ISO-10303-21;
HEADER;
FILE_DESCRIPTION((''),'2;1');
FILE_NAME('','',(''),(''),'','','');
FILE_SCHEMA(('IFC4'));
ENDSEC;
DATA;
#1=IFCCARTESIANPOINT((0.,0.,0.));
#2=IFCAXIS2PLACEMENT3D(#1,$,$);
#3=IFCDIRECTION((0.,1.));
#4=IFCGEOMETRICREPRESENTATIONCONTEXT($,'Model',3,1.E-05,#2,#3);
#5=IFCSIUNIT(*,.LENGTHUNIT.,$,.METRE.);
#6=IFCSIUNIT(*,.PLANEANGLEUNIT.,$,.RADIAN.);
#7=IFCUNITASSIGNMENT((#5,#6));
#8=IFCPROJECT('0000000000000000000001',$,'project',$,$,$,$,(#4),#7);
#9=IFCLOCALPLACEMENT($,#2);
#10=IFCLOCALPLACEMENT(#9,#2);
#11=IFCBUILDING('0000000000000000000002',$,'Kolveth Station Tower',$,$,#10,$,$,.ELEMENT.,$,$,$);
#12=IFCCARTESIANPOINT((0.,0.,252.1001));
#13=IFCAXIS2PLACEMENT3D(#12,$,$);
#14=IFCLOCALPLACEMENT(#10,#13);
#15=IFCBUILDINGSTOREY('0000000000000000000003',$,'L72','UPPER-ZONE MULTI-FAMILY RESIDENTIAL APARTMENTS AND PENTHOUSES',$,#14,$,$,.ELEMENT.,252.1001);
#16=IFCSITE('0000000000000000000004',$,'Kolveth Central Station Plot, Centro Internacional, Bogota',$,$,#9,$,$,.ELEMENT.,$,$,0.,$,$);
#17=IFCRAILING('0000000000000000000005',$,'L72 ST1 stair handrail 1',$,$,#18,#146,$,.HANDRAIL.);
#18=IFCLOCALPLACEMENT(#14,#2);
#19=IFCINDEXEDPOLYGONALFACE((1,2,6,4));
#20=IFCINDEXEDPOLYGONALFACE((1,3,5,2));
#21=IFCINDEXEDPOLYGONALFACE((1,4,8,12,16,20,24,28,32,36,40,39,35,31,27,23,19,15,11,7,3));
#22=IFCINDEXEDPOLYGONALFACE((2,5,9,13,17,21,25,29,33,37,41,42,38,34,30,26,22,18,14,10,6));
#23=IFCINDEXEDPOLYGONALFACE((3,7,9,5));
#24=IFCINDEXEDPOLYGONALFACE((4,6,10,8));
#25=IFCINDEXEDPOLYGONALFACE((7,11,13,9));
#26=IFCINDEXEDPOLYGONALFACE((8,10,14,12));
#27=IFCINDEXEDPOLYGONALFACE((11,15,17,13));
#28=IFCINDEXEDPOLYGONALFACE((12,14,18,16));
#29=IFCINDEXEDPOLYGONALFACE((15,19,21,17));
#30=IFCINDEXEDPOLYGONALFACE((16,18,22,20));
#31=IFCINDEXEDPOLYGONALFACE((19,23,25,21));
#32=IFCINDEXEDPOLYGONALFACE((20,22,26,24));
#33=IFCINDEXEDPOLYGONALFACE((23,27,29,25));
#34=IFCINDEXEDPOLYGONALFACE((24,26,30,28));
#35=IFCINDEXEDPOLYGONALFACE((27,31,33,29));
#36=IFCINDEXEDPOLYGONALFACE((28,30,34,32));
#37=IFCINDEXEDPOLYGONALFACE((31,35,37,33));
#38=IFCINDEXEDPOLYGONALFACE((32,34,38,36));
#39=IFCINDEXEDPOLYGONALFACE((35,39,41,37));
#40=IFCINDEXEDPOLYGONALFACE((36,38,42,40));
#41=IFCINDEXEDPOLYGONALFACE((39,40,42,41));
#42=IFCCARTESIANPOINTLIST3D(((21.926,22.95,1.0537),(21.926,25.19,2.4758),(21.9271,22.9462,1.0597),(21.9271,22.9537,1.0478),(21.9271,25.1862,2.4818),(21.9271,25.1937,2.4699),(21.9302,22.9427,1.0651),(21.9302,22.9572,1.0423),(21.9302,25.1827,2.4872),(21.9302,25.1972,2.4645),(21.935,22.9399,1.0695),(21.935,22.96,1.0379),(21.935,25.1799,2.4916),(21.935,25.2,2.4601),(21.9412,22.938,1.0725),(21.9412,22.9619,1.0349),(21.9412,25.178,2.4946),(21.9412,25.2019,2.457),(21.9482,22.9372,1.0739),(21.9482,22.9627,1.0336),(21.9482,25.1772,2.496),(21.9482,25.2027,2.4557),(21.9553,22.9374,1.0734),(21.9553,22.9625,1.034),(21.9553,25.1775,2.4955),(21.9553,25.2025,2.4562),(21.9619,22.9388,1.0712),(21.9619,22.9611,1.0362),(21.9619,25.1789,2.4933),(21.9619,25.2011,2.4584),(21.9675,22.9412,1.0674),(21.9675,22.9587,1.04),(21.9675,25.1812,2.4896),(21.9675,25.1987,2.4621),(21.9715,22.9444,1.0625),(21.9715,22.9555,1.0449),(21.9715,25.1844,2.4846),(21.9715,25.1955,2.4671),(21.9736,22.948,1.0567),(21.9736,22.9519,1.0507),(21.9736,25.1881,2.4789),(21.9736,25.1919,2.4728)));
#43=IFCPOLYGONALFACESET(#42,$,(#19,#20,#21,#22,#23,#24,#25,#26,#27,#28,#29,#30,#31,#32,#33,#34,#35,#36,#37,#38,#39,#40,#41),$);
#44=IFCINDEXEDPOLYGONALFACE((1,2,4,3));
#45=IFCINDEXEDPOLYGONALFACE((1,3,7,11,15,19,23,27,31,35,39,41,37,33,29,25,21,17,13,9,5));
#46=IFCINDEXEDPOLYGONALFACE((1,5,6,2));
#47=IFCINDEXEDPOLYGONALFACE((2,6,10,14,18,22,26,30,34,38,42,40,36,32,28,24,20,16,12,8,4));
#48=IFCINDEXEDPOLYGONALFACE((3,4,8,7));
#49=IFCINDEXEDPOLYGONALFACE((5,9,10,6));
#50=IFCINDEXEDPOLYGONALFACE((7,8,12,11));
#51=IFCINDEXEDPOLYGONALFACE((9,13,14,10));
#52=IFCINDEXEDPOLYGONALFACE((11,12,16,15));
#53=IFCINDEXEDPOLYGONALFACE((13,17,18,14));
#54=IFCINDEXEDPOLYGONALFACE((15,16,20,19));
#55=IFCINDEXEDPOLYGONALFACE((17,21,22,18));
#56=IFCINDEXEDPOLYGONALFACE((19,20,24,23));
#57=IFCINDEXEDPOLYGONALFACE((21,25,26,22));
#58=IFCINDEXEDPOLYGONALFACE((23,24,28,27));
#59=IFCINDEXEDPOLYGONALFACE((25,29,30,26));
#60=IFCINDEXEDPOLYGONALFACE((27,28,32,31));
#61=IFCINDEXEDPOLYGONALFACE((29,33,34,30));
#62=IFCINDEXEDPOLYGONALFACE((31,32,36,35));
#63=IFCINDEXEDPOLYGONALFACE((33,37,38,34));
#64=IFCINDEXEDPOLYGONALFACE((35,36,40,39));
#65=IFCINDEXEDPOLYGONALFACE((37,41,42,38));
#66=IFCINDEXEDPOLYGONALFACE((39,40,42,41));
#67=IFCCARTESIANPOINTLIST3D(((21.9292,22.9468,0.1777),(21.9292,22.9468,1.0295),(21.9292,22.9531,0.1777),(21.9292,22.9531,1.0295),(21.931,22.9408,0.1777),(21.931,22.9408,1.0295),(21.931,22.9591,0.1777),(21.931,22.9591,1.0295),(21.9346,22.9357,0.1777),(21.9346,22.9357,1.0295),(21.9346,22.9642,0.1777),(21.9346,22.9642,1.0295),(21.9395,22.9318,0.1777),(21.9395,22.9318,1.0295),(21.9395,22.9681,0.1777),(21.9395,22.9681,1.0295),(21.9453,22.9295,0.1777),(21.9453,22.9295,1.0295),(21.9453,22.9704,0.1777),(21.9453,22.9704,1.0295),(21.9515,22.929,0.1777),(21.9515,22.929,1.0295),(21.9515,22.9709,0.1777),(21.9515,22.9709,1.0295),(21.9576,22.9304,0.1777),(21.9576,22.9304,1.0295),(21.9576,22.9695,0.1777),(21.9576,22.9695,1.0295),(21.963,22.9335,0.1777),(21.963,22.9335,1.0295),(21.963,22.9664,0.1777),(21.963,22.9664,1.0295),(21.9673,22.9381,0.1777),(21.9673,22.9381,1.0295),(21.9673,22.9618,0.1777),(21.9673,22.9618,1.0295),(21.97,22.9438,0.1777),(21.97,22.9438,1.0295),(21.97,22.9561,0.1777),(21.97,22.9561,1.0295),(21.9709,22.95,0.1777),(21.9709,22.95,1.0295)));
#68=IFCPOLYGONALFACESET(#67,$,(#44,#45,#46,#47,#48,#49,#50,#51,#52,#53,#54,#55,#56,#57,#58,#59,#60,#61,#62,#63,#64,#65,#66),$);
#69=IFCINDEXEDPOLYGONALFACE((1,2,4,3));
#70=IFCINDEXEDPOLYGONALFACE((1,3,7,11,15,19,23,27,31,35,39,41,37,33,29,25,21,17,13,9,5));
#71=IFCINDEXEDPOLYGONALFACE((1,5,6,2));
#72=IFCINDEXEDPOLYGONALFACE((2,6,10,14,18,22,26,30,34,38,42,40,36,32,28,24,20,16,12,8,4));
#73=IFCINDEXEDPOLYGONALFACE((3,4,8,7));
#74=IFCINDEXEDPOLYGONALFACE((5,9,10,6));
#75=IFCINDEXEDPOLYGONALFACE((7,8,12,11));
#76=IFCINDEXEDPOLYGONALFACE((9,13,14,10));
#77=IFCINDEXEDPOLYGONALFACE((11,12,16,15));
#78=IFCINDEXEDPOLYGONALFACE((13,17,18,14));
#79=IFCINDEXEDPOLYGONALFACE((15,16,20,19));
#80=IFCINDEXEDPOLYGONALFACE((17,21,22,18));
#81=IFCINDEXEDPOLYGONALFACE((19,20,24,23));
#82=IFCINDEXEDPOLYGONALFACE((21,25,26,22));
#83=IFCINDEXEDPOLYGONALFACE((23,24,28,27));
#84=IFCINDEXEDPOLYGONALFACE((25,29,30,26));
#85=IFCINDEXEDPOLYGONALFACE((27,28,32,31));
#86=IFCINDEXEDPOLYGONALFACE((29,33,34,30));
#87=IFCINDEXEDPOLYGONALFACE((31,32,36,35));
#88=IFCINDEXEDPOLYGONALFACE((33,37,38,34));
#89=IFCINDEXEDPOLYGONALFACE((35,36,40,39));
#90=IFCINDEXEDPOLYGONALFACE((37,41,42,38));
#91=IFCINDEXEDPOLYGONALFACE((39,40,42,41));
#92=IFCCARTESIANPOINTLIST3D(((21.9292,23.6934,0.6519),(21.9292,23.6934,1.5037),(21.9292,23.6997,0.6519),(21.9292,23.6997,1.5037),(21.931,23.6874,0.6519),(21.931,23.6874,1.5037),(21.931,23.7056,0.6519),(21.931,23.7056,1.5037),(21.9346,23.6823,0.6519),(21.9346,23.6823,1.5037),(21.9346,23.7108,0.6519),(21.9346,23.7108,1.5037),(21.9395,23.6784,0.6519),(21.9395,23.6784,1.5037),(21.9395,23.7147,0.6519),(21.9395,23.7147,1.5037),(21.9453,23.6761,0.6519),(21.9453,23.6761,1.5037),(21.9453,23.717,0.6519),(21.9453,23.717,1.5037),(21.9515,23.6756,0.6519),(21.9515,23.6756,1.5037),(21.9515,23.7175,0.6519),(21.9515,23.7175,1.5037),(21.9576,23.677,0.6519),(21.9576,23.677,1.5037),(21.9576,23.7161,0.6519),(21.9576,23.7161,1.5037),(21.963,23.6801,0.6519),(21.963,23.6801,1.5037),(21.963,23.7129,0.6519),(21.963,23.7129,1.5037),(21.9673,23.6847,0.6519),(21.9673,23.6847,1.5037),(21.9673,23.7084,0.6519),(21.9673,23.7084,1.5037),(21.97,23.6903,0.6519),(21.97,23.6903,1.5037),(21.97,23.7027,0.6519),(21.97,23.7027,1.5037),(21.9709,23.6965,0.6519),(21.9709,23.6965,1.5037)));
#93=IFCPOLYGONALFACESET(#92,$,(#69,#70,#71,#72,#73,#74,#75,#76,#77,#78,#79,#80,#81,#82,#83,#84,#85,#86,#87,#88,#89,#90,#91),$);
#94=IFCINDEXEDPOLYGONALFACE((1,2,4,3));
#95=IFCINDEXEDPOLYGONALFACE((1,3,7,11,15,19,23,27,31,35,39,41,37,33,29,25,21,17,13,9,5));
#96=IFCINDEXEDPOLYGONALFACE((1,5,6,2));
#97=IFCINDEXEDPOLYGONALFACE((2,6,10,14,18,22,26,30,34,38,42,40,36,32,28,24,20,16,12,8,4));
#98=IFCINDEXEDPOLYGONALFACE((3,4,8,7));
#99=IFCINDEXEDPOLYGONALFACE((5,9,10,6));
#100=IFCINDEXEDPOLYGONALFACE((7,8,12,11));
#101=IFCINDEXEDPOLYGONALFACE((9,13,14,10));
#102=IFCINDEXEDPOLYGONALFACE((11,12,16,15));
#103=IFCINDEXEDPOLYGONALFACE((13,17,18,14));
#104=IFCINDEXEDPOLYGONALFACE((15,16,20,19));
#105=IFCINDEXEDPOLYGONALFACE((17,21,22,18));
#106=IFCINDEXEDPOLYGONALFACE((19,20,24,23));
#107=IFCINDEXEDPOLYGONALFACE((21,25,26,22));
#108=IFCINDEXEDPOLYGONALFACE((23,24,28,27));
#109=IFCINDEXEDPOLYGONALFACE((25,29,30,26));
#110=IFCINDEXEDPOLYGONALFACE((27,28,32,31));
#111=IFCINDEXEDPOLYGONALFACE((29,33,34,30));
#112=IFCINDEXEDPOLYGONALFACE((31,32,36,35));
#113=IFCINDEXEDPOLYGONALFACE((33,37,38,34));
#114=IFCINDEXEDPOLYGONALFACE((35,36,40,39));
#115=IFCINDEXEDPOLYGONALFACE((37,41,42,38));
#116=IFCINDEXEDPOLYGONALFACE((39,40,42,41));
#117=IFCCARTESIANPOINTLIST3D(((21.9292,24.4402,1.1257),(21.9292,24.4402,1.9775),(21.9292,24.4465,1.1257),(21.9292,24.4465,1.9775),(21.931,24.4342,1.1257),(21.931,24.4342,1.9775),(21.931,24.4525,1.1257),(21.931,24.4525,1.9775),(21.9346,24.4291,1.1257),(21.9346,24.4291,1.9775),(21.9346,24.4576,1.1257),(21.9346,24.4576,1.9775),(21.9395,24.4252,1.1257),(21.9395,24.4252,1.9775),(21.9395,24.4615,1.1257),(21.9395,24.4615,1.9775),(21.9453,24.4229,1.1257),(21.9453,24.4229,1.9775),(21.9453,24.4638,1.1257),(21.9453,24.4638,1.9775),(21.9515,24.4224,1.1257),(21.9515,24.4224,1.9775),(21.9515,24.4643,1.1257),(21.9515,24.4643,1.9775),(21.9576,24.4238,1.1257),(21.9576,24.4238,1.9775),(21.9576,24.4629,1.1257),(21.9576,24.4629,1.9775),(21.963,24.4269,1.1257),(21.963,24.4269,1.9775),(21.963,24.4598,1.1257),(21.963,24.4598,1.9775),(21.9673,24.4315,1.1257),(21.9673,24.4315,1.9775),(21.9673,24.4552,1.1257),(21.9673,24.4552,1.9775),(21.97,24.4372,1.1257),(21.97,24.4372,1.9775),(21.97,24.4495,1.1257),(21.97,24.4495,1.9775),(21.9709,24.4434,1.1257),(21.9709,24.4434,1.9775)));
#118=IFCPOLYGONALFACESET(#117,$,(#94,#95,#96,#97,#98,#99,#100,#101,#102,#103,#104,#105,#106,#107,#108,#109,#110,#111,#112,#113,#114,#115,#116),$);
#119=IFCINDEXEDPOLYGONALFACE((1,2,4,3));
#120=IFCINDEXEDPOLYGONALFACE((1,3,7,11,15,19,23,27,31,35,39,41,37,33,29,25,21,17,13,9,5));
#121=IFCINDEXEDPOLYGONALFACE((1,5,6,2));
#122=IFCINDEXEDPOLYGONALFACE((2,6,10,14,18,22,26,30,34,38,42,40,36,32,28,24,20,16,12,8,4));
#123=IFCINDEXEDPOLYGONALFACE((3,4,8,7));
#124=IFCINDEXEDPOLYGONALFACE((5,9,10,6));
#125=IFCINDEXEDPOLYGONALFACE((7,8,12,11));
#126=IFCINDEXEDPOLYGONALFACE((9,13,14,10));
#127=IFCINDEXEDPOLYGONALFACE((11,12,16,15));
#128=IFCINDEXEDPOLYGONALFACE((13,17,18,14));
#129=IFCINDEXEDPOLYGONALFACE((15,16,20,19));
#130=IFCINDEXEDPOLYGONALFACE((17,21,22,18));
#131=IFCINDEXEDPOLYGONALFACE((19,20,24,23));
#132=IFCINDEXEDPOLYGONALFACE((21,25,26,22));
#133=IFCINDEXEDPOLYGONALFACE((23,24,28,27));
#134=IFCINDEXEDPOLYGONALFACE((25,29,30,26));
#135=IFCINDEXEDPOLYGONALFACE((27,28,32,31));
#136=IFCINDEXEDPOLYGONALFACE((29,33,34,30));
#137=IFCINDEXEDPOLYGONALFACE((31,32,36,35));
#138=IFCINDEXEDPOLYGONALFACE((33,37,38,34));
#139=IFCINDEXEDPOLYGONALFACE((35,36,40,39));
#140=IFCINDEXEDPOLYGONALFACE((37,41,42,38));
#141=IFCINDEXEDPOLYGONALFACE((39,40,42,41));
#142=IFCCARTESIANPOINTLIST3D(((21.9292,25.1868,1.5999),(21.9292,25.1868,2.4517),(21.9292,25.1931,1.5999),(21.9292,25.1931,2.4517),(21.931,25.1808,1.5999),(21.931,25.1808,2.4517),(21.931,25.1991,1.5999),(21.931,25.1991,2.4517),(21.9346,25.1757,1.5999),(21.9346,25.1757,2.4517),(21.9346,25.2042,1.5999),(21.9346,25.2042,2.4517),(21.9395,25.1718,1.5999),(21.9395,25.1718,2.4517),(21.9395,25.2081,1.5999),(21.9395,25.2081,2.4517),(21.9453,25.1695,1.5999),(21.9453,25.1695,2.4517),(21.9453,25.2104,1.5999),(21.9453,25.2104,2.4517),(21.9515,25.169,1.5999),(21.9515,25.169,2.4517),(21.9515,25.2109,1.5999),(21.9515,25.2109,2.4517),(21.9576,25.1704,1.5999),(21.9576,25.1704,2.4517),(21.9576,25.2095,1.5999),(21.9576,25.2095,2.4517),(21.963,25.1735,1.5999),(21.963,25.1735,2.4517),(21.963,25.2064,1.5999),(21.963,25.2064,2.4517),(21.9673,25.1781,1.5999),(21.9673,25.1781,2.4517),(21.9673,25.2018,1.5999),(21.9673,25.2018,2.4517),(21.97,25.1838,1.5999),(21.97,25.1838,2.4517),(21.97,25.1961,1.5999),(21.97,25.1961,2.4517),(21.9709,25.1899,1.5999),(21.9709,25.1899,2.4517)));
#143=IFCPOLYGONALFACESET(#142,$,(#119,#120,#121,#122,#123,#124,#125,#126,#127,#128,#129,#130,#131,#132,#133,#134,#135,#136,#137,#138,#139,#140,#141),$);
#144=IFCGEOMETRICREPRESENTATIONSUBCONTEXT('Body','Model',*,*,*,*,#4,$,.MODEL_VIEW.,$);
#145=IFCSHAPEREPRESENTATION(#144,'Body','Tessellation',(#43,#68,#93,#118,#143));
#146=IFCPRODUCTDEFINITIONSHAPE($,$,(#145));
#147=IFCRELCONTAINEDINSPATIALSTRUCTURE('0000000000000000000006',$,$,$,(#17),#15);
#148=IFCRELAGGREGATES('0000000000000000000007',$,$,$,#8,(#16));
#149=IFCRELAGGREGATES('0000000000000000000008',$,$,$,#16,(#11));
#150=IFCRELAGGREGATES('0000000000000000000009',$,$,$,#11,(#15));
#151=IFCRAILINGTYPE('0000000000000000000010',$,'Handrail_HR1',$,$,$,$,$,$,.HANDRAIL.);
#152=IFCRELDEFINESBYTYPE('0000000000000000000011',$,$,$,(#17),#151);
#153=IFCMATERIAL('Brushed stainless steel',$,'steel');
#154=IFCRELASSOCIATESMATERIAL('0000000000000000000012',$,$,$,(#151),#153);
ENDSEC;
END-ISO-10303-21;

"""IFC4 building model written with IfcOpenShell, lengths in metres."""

from ifc_helpers import new_model, si_unit, direction, frame, origin, origin_2d, place, context, subcontext, project, spatial, circle, extrude, material, type_object, element, save


model = new_model("IFC4")

# Units and contexts
model_context = context("Model", 3, precision=1e-05, world=origin(), true_north=direction((0.0, 1.0)))
body_context = subcontext(model_context, "Body", "Model", "MODEL_VIEW")
ifc_project = project(units=[si_unit("LENGTHUNIT", "METRE"), si_unit("PLANEANGLEUNIT", "RADIAN")], contexts=[model_context])

# Site, building, storey
site_placement = place(None, origin())
site = spatial("IfcSite", under=ifc_project, at=site_placement, Name="Kolveth Central Station Plot, Centro Internacional, Bogota", CompositionType="ELEMENT", RefElevation=0.0)
building_placement = place(site_placement, origin())
building = spatial("IfcBuilding", under=site, at=building_placement, Name="Kolveth Station Tower", CompositionType="ELEMENT")
storey_placement = place(building_placement, frame((0.0, 0.0, 252.1001)))
storey = spatial("IfcBuildingStorey", under=building, at=storey_placement, Name="L72", Description="UPPER-ZONE MULTI-FAMILY RESIDENTIAL APARTMENTS AND PENTHOUSES", CompositionType="ELEMENT", Elevation=252.1001)

# Railing
ifc_material_1 = material(Name="Brushed stainless steel", Category="steel")
railing_type_1 = type_object("IfcRailingType", Name="Handrail_HR1", PredefinedType="HANDRAIL", material=ifc_material_1)
railing_1_placement = place(storey_placement, frame((21.95, 22.95, 0.1777)))
element("IfcRailing", 1, at=railing_1_placement, inside=storey, type_object=railing_type_1, Name="L72 ST1 stair handrail 1", PredefinedType="HANDRAIL", context=body_context, shape_type="SweptSolid", body=[
    extrude(circle(Radius=0.0239, at=origin_2d()), frame((0.0, 0.0, 0.876), z_axis=(0.0, 0.844229, 0.535982), x_axis=(-1.0, 0.0, 0.0)), (0.0, 0.0, 1.0), 2.6533),
    extrude(circle(Radius=0.021, at=origin_2d()), origin(), (0.0, 0.0, 1.0), 0.8518),
    extrude(circle(Radius=0.021, at=origin_2d()), frame((0.0, 0.7466, 0.4741)), (0.0, 0.0, 1.0), 0.8518),
    extrude(circle(Radius=0.021, at=origin_2d()), frame((0.0, 1.4934, 0.948)), (0.0, 0.0, 1.0), 0.8518),
    extrude(circle(Radius=0.021, at=origin_2d()), frame((0.0, 2.24, 1.4221)), (0.0, 0.0, 1.0), 0.8518),
])

save(model, "model.ifc")
